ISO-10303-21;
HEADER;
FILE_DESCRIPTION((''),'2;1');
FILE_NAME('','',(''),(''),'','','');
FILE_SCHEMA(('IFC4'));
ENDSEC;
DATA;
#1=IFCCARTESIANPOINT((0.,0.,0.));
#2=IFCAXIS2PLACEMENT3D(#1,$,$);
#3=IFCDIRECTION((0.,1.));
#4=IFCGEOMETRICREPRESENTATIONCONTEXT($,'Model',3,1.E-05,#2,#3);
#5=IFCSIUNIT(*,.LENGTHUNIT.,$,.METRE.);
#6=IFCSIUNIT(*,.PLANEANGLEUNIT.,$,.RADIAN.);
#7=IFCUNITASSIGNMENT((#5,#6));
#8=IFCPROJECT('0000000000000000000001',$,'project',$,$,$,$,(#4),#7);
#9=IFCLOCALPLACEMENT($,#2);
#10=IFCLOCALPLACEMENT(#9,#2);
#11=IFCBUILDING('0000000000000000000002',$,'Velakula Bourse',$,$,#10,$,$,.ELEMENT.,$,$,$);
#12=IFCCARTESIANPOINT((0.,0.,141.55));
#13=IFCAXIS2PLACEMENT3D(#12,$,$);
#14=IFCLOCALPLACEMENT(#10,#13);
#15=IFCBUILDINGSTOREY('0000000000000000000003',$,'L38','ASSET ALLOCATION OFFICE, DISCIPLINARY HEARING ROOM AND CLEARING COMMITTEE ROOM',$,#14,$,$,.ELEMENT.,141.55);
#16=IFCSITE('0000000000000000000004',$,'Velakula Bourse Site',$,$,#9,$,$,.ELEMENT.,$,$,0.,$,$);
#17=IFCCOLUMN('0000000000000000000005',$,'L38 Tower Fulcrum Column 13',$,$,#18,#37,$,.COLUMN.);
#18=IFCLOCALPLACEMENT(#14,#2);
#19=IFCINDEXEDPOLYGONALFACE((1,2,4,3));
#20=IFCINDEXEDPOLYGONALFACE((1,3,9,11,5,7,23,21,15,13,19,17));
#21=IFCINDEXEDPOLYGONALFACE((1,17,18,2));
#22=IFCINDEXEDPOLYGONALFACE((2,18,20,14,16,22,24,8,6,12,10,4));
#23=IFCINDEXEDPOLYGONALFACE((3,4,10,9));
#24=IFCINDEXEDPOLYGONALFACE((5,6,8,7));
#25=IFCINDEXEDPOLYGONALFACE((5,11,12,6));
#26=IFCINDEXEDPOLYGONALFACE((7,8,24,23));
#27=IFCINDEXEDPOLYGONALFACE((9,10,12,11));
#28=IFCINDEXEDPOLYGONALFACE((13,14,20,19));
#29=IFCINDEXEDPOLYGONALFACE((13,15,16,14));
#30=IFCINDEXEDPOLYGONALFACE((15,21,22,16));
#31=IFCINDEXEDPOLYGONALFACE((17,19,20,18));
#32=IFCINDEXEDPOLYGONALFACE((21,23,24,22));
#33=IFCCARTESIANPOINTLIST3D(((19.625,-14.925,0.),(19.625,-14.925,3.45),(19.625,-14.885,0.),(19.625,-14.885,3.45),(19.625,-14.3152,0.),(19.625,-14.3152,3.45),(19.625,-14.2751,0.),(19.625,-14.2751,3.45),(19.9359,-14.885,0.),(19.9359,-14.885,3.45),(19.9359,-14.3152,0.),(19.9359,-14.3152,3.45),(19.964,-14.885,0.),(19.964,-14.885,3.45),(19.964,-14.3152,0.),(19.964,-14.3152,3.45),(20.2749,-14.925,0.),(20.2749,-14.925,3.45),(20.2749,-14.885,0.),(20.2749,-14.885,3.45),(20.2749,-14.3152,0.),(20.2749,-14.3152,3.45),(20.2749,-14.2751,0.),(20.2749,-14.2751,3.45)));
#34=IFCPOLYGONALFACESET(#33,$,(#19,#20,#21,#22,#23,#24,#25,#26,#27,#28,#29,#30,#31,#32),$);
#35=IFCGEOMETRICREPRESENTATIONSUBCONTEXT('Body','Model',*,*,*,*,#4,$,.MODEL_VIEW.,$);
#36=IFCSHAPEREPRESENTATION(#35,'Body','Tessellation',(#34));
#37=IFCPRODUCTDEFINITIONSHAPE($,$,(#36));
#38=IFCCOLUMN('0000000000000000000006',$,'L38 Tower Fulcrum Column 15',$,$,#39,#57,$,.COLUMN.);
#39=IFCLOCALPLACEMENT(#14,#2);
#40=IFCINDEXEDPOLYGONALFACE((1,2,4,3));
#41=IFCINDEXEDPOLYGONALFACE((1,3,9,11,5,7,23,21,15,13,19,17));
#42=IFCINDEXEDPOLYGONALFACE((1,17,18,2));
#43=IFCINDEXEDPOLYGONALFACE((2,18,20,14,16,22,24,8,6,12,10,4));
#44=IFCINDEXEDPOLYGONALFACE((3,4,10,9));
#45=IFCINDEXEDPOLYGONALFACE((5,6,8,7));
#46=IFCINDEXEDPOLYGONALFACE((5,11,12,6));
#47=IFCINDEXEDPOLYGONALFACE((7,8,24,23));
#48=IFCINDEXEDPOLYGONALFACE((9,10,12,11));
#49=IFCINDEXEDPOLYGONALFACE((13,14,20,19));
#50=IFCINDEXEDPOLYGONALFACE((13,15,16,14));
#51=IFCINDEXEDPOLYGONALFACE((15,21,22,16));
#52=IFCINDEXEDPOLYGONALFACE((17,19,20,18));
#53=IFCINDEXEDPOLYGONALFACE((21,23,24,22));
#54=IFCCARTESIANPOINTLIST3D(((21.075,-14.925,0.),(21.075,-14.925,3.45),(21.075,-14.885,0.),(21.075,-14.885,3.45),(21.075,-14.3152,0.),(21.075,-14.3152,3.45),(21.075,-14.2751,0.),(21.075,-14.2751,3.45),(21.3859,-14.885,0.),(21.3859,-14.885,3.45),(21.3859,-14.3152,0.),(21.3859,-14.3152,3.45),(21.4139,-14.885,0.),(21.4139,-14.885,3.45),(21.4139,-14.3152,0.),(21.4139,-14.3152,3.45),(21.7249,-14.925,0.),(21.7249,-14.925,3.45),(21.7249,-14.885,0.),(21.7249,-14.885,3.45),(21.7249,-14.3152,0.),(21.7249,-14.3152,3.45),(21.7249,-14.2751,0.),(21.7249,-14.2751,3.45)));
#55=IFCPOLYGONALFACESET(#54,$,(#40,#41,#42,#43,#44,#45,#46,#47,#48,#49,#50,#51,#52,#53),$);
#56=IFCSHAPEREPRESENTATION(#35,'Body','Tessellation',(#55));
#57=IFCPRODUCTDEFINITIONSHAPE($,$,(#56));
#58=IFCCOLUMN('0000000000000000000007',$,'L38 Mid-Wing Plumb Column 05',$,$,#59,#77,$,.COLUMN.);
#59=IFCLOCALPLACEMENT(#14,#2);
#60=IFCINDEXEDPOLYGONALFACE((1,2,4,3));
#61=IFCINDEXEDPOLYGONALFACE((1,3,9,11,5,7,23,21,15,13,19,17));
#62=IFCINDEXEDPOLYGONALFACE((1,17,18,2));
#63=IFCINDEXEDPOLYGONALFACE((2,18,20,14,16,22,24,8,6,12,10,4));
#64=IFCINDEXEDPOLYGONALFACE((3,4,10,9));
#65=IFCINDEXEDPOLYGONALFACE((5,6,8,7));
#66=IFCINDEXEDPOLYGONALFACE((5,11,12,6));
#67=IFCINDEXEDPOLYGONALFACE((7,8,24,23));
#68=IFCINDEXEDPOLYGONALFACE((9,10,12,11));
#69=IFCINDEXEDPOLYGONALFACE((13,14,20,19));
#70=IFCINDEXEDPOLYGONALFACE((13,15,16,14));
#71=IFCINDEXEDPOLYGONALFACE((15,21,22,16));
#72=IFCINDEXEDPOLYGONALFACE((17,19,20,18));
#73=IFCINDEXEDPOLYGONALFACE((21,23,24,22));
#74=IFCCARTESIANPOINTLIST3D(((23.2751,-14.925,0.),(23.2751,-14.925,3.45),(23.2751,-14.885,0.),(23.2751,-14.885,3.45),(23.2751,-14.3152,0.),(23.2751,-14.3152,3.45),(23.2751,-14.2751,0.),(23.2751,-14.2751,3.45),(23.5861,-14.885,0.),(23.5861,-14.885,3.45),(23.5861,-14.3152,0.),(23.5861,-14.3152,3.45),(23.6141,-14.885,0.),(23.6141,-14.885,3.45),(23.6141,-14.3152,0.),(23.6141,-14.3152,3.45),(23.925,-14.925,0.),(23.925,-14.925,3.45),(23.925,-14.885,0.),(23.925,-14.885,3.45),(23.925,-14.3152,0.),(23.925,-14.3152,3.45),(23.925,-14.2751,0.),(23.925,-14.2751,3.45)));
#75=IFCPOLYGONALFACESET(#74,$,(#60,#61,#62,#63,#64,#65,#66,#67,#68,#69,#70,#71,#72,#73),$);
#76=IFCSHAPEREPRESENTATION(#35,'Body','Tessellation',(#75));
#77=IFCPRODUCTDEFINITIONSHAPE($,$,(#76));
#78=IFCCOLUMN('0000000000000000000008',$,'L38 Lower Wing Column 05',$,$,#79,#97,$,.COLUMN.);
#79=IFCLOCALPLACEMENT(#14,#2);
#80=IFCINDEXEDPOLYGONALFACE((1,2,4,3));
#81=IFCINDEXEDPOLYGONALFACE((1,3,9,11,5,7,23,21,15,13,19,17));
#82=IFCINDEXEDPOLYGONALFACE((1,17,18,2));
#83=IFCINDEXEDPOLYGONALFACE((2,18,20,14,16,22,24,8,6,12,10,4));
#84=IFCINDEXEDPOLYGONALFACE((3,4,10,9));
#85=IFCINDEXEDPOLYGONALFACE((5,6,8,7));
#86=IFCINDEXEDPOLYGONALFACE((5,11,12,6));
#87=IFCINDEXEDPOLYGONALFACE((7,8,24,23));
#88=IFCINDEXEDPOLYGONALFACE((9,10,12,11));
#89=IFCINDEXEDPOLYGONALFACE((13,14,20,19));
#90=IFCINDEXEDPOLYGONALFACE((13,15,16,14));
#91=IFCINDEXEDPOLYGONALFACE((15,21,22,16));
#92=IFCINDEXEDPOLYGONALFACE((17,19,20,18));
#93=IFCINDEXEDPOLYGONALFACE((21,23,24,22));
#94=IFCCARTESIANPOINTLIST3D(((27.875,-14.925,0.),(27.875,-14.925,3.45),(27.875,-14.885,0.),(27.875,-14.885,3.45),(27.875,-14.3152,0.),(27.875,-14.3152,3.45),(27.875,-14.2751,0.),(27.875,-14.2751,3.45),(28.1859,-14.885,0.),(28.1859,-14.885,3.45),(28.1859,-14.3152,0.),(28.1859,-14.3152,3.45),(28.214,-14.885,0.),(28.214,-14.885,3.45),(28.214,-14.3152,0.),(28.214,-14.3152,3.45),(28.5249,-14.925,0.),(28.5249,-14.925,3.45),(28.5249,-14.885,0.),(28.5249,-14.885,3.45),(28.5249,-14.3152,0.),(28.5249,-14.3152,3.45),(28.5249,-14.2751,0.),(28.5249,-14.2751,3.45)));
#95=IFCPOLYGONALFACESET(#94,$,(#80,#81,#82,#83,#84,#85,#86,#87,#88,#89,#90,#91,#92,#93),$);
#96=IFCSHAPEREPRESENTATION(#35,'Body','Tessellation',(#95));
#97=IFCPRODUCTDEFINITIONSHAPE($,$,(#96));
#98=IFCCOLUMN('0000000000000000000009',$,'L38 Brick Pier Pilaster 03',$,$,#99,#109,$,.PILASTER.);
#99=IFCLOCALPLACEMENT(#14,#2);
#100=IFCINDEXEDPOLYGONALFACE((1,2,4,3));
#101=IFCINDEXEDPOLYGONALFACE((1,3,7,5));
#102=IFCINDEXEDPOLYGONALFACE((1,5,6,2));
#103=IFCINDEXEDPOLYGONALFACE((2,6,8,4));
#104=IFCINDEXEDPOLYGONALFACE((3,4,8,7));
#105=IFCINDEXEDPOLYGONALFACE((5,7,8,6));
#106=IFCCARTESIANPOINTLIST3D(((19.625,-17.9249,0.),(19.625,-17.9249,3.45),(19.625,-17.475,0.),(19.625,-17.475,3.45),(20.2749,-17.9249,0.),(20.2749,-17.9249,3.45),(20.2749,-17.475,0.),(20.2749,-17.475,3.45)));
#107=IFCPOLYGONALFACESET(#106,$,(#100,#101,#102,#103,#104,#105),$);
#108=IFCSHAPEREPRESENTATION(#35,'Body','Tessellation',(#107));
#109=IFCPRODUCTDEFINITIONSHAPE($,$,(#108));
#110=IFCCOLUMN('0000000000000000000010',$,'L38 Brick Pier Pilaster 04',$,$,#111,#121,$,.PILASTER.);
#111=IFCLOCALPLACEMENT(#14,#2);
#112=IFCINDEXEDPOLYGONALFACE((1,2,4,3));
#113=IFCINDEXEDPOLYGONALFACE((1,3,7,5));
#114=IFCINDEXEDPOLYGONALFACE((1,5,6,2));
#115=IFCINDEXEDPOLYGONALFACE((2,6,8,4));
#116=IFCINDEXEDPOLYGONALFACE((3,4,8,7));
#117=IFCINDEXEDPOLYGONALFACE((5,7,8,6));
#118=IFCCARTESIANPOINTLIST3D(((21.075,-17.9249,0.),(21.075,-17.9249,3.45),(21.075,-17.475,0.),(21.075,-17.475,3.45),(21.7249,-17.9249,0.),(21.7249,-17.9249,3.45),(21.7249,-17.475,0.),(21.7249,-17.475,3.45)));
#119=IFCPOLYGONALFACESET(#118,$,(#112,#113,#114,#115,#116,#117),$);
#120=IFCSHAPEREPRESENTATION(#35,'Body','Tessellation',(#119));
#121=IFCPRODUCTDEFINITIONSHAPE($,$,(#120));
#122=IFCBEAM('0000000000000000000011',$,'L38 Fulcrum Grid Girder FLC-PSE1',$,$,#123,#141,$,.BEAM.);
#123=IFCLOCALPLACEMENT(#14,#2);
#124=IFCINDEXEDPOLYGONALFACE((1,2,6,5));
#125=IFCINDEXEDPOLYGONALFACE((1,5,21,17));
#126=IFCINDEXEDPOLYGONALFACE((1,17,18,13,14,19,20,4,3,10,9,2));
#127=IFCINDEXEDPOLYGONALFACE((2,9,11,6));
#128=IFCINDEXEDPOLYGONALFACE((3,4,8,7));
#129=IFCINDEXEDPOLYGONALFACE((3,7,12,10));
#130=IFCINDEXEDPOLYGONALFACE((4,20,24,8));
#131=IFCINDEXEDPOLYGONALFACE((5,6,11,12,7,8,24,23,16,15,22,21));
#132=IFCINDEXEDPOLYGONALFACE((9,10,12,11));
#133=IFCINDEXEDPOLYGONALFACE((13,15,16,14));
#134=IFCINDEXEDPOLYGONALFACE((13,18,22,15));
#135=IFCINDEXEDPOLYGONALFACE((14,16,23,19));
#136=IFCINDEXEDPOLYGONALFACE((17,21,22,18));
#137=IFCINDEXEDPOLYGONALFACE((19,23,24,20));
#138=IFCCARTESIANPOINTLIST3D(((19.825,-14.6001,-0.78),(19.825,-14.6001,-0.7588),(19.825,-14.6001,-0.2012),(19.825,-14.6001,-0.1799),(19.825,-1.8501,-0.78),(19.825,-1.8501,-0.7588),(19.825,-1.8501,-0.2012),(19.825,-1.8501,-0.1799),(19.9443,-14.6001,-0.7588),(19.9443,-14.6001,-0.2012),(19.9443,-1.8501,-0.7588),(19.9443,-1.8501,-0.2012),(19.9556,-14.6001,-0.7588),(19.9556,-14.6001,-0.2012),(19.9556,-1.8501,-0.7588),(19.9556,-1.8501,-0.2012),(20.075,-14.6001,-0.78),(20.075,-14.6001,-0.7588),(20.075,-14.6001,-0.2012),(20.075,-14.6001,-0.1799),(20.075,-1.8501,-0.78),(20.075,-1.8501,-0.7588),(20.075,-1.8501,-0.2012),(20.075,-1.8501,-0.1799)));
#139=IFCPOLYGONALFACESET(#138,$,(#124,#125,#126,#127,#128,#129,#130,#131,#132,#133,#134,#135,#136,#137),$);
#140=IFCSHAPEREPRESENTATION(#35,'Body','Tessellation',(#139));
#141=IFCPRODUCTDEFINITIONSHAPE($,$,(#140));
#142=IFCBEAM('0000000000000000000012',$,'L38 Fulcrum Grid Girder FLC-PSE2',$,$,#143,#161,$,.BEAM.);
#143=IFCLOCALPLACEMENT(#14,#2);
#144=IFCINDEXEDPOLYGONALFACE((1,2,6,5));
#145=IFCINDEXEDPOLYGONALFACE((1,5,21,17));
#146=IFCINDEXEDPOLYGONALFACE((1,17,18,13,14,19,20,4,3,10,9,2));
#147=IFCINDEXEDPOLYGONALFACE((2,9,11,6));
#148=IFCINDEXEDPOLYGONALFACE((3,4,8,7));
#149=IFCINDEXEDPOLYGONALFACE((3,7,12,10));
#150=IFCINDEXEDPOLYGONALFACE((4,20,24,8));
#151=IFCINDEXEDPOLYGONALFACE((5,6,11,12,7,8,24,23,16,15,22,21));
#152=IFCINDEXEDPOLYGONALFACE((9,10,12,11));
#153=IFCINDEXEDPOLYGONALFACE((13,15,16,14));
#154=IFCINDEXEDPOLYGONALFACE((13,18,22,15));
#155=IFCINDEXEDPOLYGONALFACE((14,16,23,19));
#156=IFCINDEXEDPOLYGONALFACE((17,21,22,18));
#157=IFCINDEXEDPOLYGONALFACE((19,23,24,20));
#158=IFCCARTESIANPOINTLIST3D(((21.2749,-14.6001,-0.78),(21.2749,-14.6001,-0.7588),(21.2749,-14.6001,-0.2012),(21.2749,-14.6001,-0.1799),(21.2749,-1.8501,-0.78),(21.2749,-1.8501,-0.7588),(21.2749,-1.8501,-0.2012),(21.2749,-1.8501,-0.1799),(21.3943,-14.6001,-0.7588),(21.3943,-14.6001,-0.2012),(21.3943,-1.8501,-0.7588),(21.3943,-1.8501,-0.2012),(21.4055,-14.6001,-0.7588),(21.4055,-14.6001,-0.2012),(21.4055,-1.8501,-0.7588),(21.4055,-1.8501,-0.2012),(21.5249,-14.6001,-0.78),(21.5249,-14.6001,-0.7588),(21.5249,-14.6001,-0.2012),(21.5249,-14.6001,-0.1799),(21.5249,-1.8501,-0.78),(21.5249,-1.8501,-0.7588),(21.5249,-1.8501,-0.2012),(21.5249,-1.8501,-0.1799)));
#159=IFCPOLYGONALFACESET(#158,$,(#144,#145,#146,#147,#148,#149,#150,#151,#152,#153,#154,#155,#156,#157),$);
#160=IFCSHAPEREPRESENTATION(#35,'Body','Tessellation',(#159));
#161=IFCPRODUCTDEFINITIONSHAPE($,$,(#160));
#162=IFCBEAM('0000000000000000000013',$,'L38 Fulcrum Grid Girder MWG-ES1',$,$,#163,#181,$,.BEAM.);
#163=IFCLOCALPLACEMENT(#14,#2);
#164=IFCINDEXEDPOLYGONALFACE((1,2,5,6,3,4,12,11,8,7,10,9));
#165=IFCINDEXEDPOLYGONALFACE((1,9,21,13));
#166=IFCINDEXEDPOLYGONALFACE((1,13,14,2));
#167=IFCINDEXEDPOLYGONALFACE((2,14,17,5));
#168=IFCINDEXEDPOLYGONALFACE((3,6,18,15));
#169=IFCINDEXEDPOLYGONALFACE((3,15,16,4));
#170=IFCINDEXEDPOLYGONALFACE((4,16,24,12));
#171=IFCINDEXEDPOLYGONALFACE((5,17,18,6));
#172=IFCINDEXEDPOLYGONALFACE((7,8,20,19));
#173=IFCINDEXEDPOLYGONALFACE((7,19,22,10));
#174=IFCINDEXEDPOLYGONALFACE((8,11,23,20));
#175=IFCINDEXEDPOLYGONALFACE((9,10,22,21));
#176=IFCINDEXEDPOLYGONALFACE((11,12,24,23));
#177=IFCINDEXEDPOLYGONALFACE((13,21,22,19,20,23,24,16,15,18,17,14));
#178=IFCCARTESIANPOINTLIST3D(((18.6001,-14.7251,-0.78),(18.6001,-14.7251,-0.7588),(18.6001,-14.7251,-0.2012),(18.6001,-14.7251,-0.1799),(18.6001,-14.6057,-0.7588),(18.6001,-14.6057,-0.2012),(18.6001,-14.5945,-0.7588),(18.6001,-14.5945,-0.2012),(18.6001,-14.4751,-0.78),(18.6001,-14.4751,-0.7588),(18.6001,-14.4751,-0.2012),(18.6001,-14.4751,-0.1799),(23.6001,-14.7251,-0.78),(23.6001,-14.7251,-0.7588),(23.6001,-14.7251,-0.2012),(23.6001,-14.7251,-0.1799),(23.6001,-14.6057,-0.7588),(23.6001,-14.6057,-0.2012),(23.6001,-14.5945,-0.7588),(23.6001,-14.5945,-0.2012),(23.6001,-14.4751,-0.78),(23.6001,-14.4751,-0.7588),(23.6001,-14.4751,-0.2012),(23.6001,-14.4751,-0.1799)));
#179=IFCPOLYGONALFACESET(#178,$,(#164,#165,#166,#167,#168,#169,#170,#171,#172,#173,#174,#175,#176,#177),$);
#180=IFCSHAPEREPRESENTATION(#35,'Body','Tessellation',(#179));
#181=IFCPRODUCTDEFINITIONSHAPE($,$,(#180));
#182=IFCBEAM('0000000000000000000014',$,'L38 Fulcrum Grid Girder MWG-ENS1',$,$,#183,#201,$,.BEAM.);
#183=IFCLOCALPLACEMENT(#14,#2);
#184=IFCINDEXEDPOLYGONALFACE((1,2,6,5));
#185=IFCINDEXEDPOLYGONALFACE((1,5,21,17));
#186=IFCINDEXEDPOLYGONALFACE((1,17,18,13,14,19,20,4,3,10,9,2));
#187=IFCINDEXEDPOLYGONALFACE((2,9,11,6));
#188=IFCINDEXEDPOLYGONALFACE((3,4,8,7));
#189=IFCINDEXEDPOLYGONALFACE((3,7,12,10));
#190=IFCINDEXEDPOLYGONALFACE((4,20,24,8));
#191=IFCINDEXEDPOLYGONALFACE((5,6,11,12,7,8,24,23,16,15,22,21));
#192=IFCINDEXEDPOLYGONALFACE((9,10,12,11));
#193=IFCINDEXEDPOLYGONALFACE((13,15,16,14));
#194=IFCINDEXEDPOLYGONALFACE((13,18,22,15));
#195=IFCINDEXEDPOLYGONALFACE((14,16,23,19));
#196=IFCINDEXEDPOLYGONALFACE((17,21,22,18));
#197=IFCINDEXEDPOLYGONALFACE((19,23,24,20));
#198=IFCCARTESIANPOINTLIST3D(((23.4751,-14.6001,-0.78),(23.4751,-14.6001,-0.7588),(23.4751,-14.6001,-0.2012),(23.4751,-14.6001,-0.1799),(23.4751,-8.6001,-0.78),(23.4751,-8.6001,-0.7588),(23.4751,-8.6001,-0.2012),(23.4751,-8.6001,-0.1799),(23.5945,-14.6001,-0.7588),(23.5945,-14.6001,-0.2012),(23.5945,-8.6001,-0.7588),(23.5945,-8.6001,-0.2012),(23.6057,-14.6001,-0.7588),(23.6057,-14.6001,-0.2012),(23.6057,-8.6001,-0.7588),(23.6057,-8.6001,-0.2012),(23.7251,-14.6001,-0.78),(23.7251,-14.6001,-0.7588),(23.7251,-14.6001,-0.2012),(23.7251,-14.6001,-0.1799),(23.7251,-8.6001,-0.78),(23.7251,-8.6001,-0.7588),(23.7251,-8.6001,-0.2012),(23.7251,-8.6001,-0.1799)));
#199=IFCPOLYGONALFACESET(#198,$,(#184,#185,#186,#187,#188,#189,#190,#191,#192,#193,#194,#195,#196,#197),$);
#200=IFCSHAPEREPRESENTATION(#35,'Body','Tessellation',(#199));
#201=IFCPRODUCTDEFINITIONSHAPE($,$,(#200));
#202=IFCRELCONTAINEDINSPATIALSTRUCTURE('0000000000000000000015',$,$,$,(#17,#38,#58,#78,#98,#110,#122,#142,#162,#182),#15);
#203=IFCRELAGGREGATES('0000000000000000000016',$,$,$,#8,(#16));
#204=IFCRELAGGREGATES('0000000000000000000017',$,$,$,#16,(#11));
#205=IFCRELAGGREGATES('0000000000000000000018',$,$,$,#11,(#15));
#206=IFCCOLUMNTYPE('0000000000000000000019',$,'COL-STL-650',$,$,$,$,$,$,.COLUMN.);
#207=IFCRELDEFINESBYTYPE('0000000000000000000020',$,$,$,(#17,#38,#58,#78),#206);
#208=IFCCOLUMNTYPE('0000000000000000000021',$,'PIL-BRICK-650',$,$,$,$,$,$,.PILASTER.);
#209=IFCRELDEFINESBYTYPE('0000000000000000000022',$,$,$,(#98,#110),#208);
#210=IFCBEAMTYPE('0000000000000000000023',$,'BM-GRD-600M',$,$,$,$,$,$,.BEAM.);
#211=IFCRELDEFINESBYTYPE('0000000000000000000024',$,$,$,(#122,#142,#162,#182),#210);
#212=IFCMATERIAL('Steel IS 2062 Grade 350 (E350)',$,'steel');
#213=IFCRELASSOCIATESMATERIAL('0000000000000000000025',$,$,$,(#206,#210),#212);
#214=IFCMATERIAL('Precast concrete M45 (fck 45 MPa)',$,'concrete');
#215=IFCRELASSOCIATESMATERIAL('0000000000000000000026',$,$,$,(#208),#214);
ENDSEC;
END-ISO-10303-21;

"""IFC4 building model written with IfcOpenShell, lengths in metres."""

from ifc_helpers import new_model, si_unit, direction, frame, origin, origin_2d, place, context, subcontext, project, spatial, rectangle, i_section, extrude, material, material_profile, profile_set, type_object, element, save


model = new_model("IFC4")

# Units and contexts
model_context = context("Model", 3, precision=1e-05, world=origin(), true_north=direction((0.0, 1.0)))
body_context = subcontext(model_context, "Body", "Model", "MODEL_VIEW")
ifc_project = project(units=[si_unit("LENGTHUNIT", "METRE"), si_unit("PLANEANGLEUNIT", "RADIAN")], contexts=[model_context])

# Site, building, storey
site_placement = place(None, origin())
site = spatial("IfcSite", under=ifc_project, at=site_placement, Name="Velakula Bourse Site", CompositionType="ELEMENT", RefElevation=0.0)
building_placement = place(site_placement, origin())
building = spatial("IfcBuilding", under=site, at=building_placement, Name="Velakula Bourse", CompositionType="ELEMENT")
storey_placement = place(building_placement, frame((0.0, 0.0, 141.55)))
storey = spatial("IfcBuildingStorey", under=building, at=storey_placement, Name="L38", Description="ASSET ALLOCATION OFFICE, DISCIPLINARY HEARING ROOM AND CLEARING COMMITTEE ROOM", CompositionType="ELEMENT", Elevation=141.55)

# Columns
ifc_material_1 = material(Name="Steel IS 2062 Grade 350 (E350)", Category="steel")
ifc_material_profile_1 = material_profile(ifc_material_1, i_section(OverallWidth=0.6499, OverallDepth=0.6499, WebThickness=0.0281, FlangeThickness=0.04, at=origin_2d()), Name="Steel IS 2062 Grade 350 (E350)")
ifc_profile_set_1 = profile_set([ifc_material_profile_1], Name="Steel IS 2062 Grade 350 (E350)")
column_type_1 = type_object("IfcColumnType", Name="COL-STL-650", PredefinedType="COLUMN", material=ifc_profile_set_1)
for number, where, z_axis, x_axis, name in (
    (1, (19.95, -14.6001, 0.0), (0.0, 0.0, 1.0), (1.0, 0.0, 0.0), "L38 Tower Fulcrum Column 13"),
    (2, (21.3999, -14.6001, 0.0), (0.0, 0.0, 1.0), (1.0, 0.0, 0.0), "L38 Tower Fulcrum Column 15"),
    (3, (23.6001, -14.6001, 0.0), (0.0, 0.0, 1.0), (1.0, 0.0, 0.0), "L38 Mid-Wing Plumb Column 05"),
    (4, (28.2, -14.6001, 0.0), (0.0, 0.0, 1.0), (1.0, 0.0, 0.0), "L38 Lower Wing Column 05"),
):
    element("IfcColumn", number, at=place(storey_placement, frame(where, z_axis=z_axis, x_axis=x_axis)), inside=storey, type_object=column_type_1, Name=name, PredefinedType="COLUMN", context=body_context, shape_type="SweptSolid", body=[
        extrude(i_section(OverallWidth=0.6499, OverallDepth=0.6499, WebThickness=0.0281, FlangeThickness=0.04, at=origin_2d()), origin(), (0.0, 0.0, 1.0), 3.45),
    ])
ifc_material_2 = material(Name="Precast concrete M45 (fck 45 MPa)", Category="concrete")
ifc_material_profile_2 = material_profile(ifc_material_2, rectangle(XDim=0.6499, YDim=0.45, at=origin_2d()), Name="Precast concrete M45 (fck 45 MPa)")
ifc_profile_set_2 = profile_set([ifc_material_profile_2], Name="Precast concrete M45 (fck 45 MPa)")
column_type_2 = type_object("IfcColumnType", Name="PIL-BRICK-650", PredefinedType="PILASTER", material=ifc_profile_set_2)
for number, where, z_axis, x_axis, name in (
    (5, (19.95, -17.7, 0.0), (0.0, 0.0, 1.0), (1.0, 0.0, 0.0), "L38 Brick Pier Pilaster 03"),
    (6, (21.3999, -17.7, 0.0), (0.0, 0.0, 1.0), (1.0, 0.0, 0.0), "L38 Brick Pier Pilaster 04"),
):
    element("IfcColumn", number, at=place(storey_placement, frame(where, z_axis=z_axis, x_axis=x_axis)), inside=storey, type_object=column_type_2, Name=name, PredefinedType="PILASTER", context=body_context, shape_type="SweptSolid", body=[
        extrude(rectangle(XDim=0.6499, YDim=0.45, at=origin_2d()), origin(), (0.0, 0.0, 1.0), 3.45),
    ])

# Beams
ifc_material_profile_3 = material_profile(ifc_material_1, i_section(OverallWidth=0.25, OverallDepth=0.6001, WebThickness=0.0112, FlangeThickness=0.0212, at=origin_2d()), Name="Steel IS 2062 Grade 350 (E350)")
ifc_profile_set_3 = profile_set([ifc_material_profile_3], Name="Steel IS 2062 Grade 350 (E350)")
beam_type = type_object("IfcBeamType", Name="BM-GRD-600M", PredefinedType="BEAM", material=ifc_profile_set_3)
for number, where, z_axis, x_axis, name in (
    (7, (19.95, -14.6001, -0.48), (0.0, 1.0, 0.0), (-1.0, 0.0, 0.0), "L38 Fulcrum Grid Girder FLC-PSE1"),
    (8, (21.3999, -14.6001, -0.48), (0.0, 1.0, 0.0), (-1.0, 0.0, 0.0), "L38 Fulcrum Grid Girder FLC-PSE2"),
):
    element("IfcBeam", number, at=place(storey_placement, frame(where, z_axis=z_axis, x_axis=x_axis)), inside=storey, type_object=beam_type, Name=name, PredefinedType="BEAM", context=body_context, shape_type="SweptSolid", body=[
        extrude(i_section(OverallWidth=0.25, OverallDepth=0.6001, WebThickness=0.0112, FlangeThickness=0.0212, at=origin_2d()), origin(), (0.0, 0.0, 1.0), 12.75),
    ])
beam_1_placement = place(storey_placement, frame((18.6001, -14.6001, -0.48), z_axis=(1.0, 0.0, 0.0), x_axis=(0.0, 1.0, 0.0)))
element("IfcBeam", 9, at=beam_1_placement, inside=storey, type_object=beam_type, Name="L38 Fulcrum Grid Girder MWG-ES1", PredefinedType="BEAM", context=body_context, shape_type="SweptSolid", body=[
    extrude(i_section(OverallWidth=0.25, OverallDepth=0.6001, WebThickness=0.0112, FlangeThickness=0.0212, at=origin_2d()), origin(), (0.0, 0.0, 1.0), 5.0),
])
beam_2_placement = place(storey_placement, frame((23.6001, -14.6001, -0.48), z_axis=(0.0, 1.0, 0.0), x_axis=(-1.0, 0.0, 0.0)))
element("IfcBeam", 10, at=beam_2_placement, inside=storey, type_object=beam_type, Name="L38 Fulcrum Grid Girder MWG-ENS1", PredefinedType="BEAM", context=body_context, shape_type="SweptSolid", body=[
    extrude(i_section(OverallWidth=0.25, OverallDepth=0.6001, WebThickness=0.0112, FlangeThickness=0.0212, at=origin_2d()), origin(), (0.0, 0.0, 1.0), 6.0),
])

save(model, "model.ifc")
